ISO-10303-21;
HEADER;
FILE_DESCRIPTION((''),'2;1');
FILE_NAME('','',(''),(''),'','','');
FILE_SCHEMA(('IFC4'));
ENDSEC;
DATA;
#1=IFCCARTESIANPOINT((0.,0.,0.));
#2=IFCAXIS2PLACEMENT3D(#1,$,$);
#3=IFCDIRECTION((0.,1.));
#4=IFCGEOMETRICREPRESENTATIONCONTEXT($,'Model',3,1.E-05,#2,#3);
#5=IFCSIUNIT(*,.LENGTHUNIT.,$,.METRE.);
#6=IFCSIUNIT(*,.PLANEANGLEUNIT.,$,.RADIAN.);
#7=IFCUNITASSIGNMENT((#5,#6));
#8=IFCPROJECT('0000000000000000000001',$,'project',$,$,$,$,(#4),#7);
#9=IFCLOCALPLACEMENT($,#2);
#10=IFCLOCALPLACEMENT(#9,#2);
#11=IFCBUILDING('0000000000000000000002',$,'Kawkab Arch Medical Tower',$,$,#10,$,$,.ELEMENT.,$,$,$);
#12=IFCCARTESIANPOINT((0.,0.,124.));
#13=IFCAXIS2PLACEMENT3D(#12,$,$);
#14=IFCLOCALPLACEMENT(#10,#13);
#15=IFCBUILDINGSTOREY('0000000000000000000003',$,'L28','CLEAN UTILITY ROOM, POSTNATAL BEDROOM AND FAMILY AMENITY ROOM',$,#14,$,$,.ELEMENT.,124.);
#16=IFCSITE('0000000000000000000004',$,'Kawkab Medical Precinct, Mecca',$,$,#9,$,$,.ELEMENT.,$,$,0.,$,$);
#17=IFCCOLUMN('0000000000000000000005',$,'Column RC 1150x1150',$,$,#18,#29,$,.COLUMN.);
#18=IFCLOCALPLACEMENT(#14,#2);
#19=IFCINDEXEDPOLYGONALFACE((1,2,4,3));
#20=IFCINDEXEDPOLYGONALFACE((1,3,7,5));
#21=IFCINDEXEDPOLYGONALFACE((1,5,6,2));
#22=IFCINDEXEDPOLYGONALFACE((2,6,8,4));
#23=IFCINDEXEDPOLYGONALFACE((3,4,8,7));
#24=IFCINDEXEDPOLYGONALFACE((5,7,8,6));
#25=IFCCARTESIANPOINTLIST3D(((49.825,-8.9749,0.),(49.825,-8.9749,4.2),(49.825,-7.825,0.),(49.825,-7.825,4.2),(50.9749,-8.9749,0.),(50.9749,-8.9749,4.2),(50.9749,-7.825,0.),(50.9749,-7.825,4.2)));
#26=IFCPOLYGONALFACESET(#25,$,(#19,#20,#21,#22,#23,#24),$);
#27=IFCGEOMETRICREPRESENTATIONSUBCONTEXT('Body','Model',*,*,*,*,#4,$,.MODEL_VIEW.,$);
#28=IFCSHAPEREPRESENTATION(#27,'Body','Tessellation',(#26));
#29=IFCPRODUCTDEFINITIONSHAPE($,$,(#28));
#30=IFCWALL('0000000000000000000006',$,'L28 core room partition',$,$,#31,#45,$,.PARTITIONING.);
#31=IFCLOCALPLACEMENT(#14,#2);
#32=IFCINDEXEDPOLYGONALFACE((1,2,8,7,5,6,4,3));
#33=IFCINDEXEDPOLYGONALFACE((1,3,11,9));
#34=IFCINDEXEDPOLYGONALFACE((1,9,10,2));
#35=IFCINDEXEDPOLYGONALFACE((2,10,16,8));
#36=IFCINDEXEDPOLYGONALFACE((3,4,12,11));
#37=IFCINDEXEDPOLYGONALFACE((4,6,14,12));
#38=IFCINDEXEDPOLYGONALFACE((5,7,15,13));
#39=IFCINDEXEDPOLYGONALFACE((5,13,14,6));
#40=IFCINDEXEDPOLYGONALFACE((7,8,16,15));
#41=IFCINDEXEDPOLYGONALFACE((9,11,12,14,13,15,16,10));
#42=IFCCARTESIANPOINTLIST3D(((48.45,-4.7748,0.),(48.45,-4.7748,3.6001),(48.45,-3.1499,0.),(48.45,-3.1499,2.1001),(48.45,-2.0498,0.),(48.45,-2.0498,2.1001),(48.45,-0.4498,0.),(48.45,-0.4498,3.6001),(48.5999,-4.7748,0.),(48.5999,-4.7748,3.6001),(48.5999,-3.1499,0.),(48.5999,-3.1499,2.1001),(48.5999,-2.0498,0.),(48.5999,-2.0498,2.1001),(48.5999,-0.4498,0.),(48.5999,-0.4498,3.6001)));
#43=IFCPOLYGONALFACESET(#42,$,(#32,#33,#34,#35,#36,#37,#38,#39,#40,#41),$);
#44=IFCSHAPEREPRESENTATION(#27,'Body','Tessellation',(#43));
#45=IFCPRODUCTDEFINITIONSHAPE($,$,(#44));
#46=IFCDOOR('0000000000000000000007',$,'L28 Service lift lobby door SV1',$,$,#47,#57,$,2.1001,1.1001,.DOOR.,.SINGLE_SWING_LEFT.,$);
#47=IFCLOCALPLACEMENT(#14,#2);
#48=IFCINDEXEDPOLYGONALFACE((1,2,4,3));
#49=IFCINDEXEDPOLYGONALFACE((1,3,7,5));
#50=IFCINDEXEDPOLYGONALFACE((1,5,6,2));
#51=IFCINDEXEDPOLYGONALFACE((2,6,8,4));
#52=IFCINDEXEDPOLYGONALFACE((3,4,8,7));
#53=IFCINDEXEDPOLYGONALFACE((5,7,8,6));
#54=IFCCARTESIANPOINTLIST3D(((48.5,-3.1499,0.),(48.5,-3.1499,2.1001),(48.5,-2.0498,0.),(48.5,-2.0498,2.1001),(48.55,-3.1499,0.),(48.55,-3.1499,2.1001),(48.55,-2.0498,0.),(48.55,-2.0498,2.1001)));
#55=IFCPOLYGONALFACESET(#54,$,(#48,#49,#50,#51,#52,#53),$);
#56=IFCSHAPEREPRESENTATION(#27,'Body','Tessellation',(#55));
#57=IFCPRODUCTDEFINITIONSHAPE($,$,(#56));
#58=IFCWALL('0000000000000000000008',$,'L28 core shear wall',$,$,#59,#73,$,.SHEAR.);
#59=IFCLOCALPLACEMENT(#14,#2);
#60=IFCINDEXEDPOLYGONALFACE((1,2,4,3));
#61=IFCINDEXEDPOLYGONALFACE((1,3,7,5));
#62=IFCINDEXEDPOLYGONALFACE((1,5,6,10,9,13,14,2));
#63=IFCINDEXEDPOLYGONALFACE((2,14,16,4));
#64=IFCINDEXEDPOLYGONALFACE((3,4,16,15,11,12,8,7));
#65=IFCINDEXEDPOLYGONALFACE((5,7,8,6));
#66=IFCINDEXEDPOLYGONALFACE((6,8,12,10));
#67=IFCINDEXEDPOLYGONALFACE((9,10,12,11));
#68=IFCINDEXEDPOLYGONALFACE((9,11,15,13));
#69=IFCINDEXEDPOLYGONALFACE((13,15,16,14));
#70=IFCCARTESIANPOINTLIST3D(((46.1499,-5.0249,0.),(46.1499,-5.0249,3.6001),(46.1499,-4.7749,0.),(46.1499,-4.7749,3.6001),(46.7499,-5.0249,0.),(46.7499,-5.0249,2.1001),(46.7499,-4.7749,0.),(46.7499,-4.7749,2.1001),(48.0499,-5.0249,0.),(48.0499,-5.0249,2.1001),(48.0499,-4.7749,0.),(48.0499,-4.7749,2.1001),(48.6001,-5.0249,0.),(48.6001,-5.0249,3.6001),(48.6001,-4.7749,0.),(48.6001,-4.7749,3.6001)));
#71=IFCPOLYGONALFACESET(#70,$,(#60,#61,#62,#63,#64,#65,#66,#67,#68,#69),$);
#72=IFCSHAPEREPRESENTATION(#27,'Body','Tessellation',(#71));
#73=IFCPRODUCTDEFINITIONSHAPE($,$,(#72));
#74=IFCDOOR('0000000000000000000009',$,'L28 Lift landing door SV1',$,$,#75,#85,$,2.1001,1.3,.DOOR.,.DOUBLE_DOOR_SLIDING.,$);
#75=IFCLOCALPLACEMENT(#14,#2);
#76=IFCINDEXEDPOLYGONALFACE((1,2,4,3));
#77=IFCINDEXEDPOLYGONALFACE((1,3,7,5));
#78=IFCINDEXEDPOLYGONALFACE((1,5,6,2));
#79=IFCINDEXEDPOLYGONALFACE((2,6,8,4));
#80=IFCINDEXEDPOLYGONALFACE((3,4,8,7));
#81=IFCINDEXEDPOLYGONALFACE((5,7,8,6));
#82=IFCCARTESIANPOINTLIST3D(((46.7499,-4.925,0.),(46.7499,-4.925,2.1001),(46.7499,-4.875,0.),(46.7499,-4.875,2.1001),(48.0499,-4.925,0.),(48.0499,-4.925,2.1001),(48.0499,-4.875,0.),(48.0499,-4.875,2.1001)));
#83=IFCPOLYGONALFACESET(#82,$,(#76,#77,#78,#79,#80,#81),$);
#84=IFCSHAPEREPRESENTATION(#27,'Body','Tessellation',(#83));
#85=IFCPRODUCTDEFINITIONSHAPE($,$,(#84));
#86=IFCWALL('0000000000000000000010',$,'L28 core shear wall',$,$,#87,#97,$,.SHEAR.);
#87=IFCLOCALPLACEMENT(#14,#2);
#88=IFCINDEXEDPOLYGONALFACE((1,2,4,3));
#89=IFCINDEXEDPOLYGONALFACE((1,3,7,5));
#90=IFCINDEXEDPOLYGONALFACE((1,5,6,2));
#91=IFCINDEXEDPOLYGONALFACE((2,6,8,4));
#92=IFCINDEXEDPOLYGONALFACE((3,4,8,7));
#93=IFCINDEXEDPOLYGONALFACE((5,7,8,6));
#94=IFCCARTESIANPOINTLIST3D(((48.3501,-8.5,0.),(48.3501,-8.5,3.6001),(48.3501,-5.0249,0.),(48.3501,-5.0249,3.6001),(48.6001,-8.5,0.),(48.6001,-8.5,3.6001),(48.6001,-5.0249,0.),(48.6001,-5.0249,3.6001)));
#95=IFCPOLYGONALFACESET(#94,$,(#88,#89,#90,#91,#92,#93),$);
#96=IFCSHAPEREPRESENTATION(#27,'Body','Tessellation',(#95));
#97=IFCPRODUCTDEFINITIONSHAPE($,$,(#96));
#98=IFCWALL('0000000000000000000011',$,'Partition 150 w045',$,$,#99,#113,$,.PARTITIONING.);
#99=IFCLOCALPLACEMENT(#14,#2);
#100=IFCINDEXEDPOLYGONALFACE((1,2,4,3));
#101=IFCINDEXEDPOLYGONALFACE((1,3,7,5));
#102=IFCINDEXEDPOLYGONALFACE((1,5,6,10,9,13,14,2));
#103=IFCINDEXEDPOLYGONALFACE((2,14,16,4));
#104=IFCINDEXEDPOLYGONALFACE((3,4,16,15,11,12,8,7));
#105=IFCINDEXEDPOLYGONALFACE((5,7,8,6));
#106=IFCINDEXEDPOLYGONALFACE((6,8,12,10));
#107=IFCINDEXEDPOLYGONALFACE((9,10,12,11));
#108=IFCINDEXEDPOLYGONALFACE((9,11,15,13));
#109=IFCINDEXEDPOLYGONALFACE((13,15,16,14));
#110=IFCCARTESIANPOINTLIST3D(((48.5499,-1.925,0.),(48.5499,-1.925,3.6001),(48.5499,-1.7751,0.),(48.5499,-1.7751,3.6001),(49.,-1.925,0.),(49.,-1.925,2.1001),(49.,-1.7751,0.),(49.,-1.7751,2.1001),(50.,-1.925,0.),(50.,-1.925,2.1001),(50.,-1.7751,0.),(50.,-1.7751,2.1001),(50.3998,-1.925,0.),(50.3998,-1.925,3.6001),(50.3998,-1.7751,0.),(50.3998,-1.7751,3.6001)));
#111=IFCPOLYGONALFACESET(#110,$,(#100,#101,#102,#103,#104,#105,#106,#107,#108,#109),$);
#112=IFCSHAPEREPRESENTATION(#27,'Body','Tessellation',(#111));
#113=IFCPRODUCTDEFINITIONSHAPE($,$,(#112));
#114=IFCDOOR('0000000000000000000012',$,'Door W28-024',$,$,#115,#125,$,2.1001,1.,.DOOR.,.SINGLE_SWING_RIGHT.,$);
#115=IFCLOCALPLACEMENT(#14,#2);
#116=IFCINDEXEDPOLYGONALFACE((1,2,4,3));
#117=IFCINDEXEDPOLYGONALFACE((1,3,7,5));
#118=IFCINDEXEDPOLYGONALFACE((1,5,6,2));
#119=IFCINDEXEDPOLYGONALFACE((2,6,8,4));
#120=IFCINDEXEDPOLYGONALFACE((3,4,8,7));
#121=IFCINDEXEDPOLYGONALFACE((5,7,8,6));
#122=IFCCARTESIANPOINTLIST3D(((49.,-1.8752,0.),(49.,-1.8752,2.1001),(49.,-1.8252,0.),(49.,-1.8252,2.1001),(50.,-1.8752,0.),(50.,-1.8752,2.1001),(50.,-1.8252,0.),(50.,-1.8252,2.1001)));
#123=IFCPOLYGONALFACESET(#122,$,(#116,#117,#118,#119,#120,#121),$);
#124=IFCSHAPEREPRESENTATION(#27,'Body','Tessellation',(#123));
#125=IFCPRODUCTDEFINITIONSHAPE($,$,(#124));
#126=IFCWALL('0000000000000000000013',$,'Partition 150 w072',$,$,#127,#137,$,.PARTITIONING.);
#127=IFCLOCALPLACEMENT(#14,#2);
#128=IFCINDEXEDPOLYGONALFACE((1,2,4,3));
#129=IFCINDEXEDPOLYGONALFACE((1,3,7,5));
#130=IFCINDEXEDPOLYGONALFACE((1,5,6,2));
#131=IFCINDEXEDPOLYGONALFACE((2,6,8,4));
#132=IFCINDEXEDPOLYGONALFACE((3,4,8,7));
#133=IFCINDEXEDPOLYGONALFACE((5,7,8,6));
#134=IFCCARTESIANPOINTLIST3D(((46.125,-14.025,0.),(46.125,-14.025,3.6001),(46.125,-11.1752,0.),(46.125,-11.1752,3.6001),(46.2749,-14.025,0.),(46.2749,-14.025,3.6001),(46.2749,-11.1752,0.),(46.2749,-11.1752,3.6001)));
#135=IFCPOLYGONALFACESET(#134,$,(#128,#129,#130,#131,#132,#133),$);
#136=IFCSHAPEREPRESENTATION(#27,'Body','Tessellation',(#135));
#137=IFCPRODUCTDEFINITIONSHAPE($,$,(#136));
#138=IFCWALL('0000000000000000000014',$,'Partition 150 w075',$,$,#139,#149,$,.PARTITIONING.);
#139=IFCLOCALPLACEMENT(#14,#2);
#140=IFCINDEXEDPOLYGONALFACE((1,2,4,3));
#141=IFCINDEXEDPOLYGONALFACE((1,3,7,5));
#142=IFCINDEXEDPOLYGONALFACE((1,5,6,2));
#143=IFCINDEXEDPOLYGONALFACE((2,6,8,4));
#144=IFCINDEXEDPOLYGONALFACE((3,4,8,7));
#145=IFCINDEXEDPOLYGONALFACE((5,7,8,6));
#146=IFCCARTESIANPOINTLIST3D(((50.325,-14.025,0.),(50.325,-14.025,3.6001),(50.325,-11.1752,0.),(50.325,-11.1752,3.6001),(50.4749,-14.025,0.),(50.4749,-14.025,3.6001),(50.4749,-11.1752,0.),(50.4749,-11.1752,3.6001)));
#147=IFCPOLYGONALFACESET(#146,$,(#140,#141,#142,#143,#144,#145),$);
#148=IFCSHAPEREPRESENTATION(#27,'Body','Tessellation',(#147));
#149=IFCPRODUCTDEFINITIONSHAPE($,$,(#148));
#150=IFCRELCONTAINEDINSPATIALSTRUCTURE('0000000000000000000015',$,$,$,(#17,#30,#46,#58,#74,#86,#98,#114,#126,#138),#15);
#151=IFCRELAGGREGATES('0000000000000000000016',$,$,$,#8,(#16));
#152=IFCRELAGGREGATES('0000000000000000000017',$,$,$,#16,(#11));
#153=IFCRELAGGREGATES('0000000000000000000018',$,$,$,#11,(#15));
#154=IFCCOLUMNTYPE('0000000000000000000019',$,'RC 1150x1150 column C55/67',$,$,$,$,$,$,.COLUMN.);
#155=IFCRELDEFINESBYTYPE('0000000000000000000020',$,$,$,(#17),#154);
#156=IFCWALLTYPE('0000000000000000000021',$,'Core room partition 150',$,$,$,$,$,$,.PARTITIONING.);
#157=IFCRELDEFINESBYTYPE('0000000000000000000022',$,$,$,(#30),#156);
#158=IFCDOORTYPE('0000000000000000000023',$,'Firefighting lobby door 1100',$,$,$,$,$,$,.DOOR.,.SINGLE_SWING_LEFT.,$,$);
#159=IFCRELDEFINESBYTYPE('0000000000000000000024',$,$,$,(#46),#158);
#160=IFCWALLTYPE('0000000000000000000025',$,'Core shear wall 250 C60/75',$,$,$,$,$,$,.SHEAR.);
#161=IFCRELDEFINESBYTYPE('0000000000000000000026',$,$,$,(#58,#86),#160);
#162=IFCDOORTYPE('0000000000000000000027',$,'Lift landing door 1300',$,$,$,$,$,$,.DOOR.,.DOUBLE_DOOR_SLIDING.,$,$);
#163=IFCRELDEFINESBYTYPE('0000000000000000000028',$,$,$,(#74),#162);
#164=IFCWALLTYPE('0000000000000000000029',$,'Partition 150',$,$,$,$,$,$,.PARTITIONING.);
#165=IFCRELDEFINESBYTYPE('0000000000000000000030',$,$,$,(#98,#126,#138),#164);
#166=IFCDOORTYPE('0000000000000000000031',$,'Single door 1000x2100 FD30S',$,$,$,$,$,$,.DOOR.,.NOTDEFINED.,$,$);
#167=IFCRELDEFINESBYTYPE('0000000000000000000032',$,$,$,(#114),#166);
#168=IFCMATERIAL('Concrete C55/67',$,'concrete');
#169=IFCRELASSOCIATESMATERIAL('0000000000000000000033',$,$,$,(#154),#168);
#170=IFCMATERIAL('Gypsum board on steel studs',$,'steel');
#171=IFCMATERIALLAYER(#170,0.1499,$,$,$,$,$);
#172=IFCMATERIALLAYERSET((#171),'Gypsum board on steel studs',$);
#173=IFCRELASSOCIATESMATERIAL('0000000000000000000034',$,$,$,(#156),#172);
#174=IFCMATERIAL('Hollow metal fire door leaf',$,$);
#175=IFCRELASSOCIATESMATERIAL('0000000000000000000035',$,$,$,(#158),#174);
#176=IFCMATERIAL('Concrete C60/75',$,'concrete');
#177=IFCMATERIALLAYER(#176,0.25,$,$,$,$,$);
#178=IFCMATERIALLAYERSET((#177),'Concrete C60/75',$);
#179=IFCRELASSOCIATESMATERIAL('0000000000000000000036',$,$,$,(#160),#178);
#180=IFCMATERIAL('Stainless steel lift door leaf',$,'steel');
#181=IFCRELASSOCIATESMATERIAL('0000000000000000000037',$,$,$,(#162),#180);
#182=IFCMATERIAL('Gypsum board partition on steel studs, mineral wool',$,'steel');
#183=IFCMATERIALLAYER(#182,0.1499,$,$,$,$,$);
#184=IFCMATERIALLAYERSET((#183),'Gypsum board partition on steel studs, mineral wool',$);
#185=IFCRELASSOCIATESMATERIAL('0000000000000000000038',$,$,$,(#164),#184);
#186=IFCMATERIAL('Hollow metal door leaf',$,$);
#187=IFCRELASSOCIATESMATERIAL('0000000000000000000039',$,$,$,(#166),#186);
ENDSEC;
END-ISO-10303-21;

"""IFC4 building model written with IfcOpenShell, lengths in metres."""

from ifc_helpers import new_model, si_unit, direction, frame, frame_2d, origin, origin_2d, place, context, subcontext, project, spatial, rectangle, extrude, material, layer, layer_set, material_profile, profile_set, type_object, element, fill, save


model = new_model("IFC4")

# Units and contexts
model_context = context("Model", 3, precision=1e-05, world=origin(), true_north=direction((0.0, 1.0)))
body_context = subcontext(model_context, "Body", "Model", "MODEL_VIEW")
ifc_project = project(units=[si_unit("LENGTHUNIT", "METRE"), si_unit("PLANEANGLEUNIT", "RADIAN")], contexts=[model_context])

# Site, building, storey
site_placement = place(None, origin())
site = spatial("IfcSite", under=ifc_project, at=site_placement, Name="Kawkab Medical Precinct, Mecca", CompositionType="ELEMENT", RefElevation=0.0)
building_placement = place(site_placement, origin())
building = spatial("IfcBuilding", under=site, at=building_placement, Name="Kawkab Arch Medical Tower", CompositionType="ELEMENT")
storey_placement = place(building_placement, frame((0.0, 0.0, 124.0)))
storey = spatial("IfcBuildingStorey", under=building, at=storey_placement, Name="L28", Description="CLEAN UTILITY ROOM, POSTNATAL BEDROOM AND FAMILY AMENITY ROOM", CompositionType="ELEMENT", Elevation=124.0)

# Column
ifc_material_1 = material(Name="Concrete C55/67", Category="concrete")
ifc_material_profile = material_profile(ifc_material_1, rectangle(XDim=1.1499, YDim=1.1499, at=origin_2d()), Name="RC 1150x1150")
ifc_profile_set = profile_set([ifc_material_profile], Name="Concrete C55/67")
column_type = type_object("IfcColumnType", Name="RC 1150x1150 column C55/67", PredefinedType="COLUMN", material=ifc_profile_set)
column_placement = place(storey_placement, frame((50.3999, -8.3999, 0.0), z_axis=(0.0, 0.0, 1.0), x_axis=(1.0, 0.0, 0.0)))
element("IfcColumn", 1, at=column_placement, inside=storey, type_object=column_type, Name="Column RC 1150x1150", PredefinedType="COLUMN", context=body_context, shape_type="SweptSolid", body=[
    extrude(rectangle(XDim=1.1499, YDim=1.1499, at=origin_2d()), origin(), (0.0, 0.0, 1.0), 4.2),
])

# Walls, openings, doors
ifc_material_2 = material(Name="Gypsum board on steel studs", Category="steel")
ifc_layer_1 = layer(ifc_material_2, 0.1499)
ifc_layer_set_1 = layer_set([ifc_layer_1], Name="Gypsum board on steel studs")
wall_type_1 = type_object("IfcWallType", Name="Core room partition 150", PredefinedType="PARTITIONING", material=ifc_layer_set_1)
wall_1_placement = place(storey_placement, frame((48.5249, -4.7749, 0.0), z_axis=(0.0, 0.0, 1.0), x_axis=(0.0, 1.0, 0.0)))
wall_1 = element("IfcWall", 2, at=wall_1_placement, inside=storey, type_object=wall_type_1, Name="L28 core room partition", PredefinedType="PARTITIONING", context=body_context, shape_type="SweptSolid", body=[
    extrude(rectangle(XDim=4.325, YDim=0.1499, at=frame_2d((2.1626, 0.0))), origin(), (0.0, 0.0, 1.0), 3.6001),
])
opening_1_placement = place(wall_1_placement, frame((1.625, 0.0, 0.0)))
opening_1 = element("IfcOpeningElement", 3, at=opening_1_placement, cuts=wall_1, PredefinedType="OPENING", context=body_context, shape_type="SweptSolid", body=[
    extrude(rectangle(XDim=1.1001, YDim=2.1001, at=frame_2d((0.55, 1.05))), frame((0.0, 0.085, 0.0), z_axis=(0.0, -1.0, 0.0), x_axis=(1.0, 0.0, 0.0)), (0.0, 0.0, 1.0), 0.1699),
])
ifc_material_3 = material(Name="Hollow metal fire door leaf")
door_type_1 = type_object("IfcDoorType", Name="Firefighting lobby door 1100", OperationType="SINGLE_SWING_LEFT", PredefinedType="DOOR", material=ifc_material_3)
door_1_placement = place(opening_1_placement, origin())
door_1 = element("IfcDoor", 4, at=door_1_placement, inside=storey, type_object=door_type_1, Name="L28 Service lift lobby door SV1", OperationType="SINGLE_SWING_LEFT", OverallHeight=2.1001, OverallWidth=1.1001, PredefinedType="DOOR", context=body_context, shape_type="SweptSolid", body=[
    extrude(rectangle(XDim=1.1001, YDim=2.1001, at=frame_2d((0.55, 1.05))), frame((0.0, 0.0249, 0.0), z_axis=(0.0, -1.0, 0.0), x_axis=(1.0, 0.0, 0.0)), (0.0, 0.0, 1.0), 0.05),
])
fill(opening_1, door_1)
ifc_material_4 = material(Name="Concrete C60/75", Category="concrete")
ifc_layer_2 = layer(ifc_material_4, 0.25)
ifc_layer_set_2 = layer_set([ifc_layer_2], Name="Concrete C60/75")
wall_type_2 = type_object("IfcWallType", Name="Core shear wall 250 C60/75", PredefinedType="SHEAR", material=ifc_layer_set_2)
wall_2_placement = place(storey_placement, frame((46.1499, -4.8999, 0.0), z_axis=(0.0, 0.0, 1.0), x_axis=(1.0, 0.0, 0.0)))
wall_2 = element("IfcWall", 5, at=wall_2_placement, inside=storey, type_object=wall_type_2, Name="L28 core shear wall", PredefinedType="SHEAR", context=body_context, shape_type="SweptSolid", body=[
    extrude(rectangle(XDim=2.4502, YDim=0.25, at=frame_2d((1.2251, 0.0))), origin(), (0.0, 0.0, 1.0), 3.6001),
])
opening_2_placement = place(wall_2_placement, frame((0.6001, 0.0, 0.0)))
opening_2 = element("IfcOpeningElement", 6, at=opening_2_placement, cuts=wall_2, PredefinedType="OPENING", context=body_context, shape_type="SweptSolid", body=[
    extrude(rectangle(XDim=1.3, YDim=2.1001, at=frame_2d((0.6499, 1.05))), frame((0.0, 0.135, 0.0), z_axis=(0.0, -1.0, 0.0), x_axis=(1.0, 0.0, 0.0)), (0.0, 0.0, 1.0), 0.27),
])
ifc_material_5 = material(Name="Stainless steel lift door leaf", Category="steel")
door_type_2 = type_object("IfcDoorType", Name="Lift landing door 1300", OperationType="DOUBLE_DOOR_SLIDING", PredefinedType="DOOR", material=ifc_material_5)
door_2_placement = place(opening_2_placement, origin())
door_2 = element("IfcDoor", 7, at=door_2_placement, inside=storey, type_object=door_type_2, Name="L28 Lift landing door SV1", OperationType="DOUBLE_DOOR_SLIDING", OverallHeight=2.1001, OverallWidth=1.3, PredefinedType="DOOR", context=body_context, shape_type="SweptSolid", body=[
    extrude(rectangle(XDim=1.3, YDim=2.1001, at=frame_2d((0.6499, 1.05))), frame((0.0, 0.0249, 0.0), z_axis=(0.0, -1.0, 0.0), x_axis=(1.0, 0.0, 0.0)), (0.0, 0.0, 1.0), 0.05),
])
fill(opening_2, door_2)

# Wall
wall_3_placement = place(storey_placement, frame((48.4751, -8.5, 0.0), z_axis=(0.0, 0.0, 1.0), x_axis=(0.0, 1.0, 0.0)))
element("IfcWall", 8, at=wall_3_placement, inside=storey, type_object=wall_type_2, Name="L28 core shear wall", PredefinedType="SHEAR", context=body_context, shape_type="SweptSolid", body=[
    extrude(rectangle(XDim=3.4751, YDim=0.25, at=frame_2d((1.7375, 0.0))), origin(), (0.0, 0.0, 1.0), 3.6001),
])

# Wall, opening, door
ifc_material_6 = material(Name="Gypsum board partition on steel studs, mineral wool", Category="steel")
ifc_layer_3 = layer(ifc_material_6, 0.1499)
ifc_layer_set_3 = layer_set([ifc_layer_3], Name="Gypsum board partition on steel studs, mineral wool")
wall_type_3 = type_object("IfcWallType", Name="Partition 150", PredefinedType="PARTITIONING", material=ifc_layer_set_3)
wall_4_placement = place(storey_placement, frame((48.55, -1.8501, 0.0), z_axis=(0.0, 0.0, 1.0), x_axis=(1.0, 0.0, 0.0)))
wall_4 = element("IfcWall", 9, at=wall_4_placement, inside=storey, type_object=wall_type_3, Name="Partition 150 w045", PredefinedType="PARTITIONING", context=body_context, shape_type="SweptSolid", body=[
    extrude(rectangle(XDim=1.8499, YDim=0.1499, at=frame_2d((0.9248, 0.0))), origin(), (0.0, 0.0, 1.0), 3.6001),
])
opening_3_placement = place(wall_4_placement, frame((0.45, 0.0, 0.0)))
opening_3 = element("IfcOpeningElement", 10, at=opening_3_placement, cuts=wall_4, PredefinedType="OPENING", context=body_context, shape_type="SweptSolid", body=[
    extrude(rectangle(XDim=1.0, YDim=2.1001, at=frame_2d((0.5, 1.05))), frame((0.0, 0.085, 0.0), z_axis=(0.0, -1.0, 0.0), x_axis=(1.0, 0.0, 0.0)), (0.0, 0.0, 1.0), 0.1699),
])
ifc_material_7 = material(Name="Hollow metal door leaf")
door_type_3 = type_object("IfcDoorType", Name="Single door 1000x2100 FD30S", OperationType="NOTDEFINED", PredefinedType="DOOR", material=ifc_material_7)
door_3_placement = place(opening_3_placement, origin())
door_3 = element("IfcDoor", 11, at=door_3_placement, inside=storey, type_object=door_type_3, Name="Door W28-024", OperationType="SINGLE_SWING_RIGHT", OverallHeight=2.1001, OverallWidth=1.0, PredefinedType="DOOR", context=body_context, shape_type="SweptSolid", body=[
    extrude(rectangle(XDim=1.0, YDim=2.1001, at=frame_2d((0.5, 1.05))), frame((0.0, 0.0249, 0.0), z_axis=(0.0, -1.0, 0.0), x_axis=(1.0, 0.0, 0.0)), (0.0, 0.0, 1.0), 0.05),
])
fill(opening_3, door_3)

# Walls
for number, where, z_axis, x_axis, name in (
    (12, (46.2, -14.0249, 0.0), (0.0, 0.0, 1.0), (0.0, 1.0, 0.0), "Partition 150 w072"),
    (13, (50.3999, -14.0249, 0.0), (0.0, 0.0, 1.0), (0.0, 1.0, 0.0), "Partition 150 w075"),
):
    element("IfcWall", number, at=place(storey_placement, frame(where, z_axis=z_axis, x_axis=x_axis)), inside=storey, type_object=wall_type_3, Name=name, PredefinedType="PARTITIONING", context=body_context, shape_type="SweptSolid", body=[
        extrude(rectangle(XDim=2.8499, YDim=0.1499, at=frame_2d((1.4248, 0.0))), origin(), (0.0, 0.0, 1.0), 3.6001),
    ])

save(model, "model.ifc")
